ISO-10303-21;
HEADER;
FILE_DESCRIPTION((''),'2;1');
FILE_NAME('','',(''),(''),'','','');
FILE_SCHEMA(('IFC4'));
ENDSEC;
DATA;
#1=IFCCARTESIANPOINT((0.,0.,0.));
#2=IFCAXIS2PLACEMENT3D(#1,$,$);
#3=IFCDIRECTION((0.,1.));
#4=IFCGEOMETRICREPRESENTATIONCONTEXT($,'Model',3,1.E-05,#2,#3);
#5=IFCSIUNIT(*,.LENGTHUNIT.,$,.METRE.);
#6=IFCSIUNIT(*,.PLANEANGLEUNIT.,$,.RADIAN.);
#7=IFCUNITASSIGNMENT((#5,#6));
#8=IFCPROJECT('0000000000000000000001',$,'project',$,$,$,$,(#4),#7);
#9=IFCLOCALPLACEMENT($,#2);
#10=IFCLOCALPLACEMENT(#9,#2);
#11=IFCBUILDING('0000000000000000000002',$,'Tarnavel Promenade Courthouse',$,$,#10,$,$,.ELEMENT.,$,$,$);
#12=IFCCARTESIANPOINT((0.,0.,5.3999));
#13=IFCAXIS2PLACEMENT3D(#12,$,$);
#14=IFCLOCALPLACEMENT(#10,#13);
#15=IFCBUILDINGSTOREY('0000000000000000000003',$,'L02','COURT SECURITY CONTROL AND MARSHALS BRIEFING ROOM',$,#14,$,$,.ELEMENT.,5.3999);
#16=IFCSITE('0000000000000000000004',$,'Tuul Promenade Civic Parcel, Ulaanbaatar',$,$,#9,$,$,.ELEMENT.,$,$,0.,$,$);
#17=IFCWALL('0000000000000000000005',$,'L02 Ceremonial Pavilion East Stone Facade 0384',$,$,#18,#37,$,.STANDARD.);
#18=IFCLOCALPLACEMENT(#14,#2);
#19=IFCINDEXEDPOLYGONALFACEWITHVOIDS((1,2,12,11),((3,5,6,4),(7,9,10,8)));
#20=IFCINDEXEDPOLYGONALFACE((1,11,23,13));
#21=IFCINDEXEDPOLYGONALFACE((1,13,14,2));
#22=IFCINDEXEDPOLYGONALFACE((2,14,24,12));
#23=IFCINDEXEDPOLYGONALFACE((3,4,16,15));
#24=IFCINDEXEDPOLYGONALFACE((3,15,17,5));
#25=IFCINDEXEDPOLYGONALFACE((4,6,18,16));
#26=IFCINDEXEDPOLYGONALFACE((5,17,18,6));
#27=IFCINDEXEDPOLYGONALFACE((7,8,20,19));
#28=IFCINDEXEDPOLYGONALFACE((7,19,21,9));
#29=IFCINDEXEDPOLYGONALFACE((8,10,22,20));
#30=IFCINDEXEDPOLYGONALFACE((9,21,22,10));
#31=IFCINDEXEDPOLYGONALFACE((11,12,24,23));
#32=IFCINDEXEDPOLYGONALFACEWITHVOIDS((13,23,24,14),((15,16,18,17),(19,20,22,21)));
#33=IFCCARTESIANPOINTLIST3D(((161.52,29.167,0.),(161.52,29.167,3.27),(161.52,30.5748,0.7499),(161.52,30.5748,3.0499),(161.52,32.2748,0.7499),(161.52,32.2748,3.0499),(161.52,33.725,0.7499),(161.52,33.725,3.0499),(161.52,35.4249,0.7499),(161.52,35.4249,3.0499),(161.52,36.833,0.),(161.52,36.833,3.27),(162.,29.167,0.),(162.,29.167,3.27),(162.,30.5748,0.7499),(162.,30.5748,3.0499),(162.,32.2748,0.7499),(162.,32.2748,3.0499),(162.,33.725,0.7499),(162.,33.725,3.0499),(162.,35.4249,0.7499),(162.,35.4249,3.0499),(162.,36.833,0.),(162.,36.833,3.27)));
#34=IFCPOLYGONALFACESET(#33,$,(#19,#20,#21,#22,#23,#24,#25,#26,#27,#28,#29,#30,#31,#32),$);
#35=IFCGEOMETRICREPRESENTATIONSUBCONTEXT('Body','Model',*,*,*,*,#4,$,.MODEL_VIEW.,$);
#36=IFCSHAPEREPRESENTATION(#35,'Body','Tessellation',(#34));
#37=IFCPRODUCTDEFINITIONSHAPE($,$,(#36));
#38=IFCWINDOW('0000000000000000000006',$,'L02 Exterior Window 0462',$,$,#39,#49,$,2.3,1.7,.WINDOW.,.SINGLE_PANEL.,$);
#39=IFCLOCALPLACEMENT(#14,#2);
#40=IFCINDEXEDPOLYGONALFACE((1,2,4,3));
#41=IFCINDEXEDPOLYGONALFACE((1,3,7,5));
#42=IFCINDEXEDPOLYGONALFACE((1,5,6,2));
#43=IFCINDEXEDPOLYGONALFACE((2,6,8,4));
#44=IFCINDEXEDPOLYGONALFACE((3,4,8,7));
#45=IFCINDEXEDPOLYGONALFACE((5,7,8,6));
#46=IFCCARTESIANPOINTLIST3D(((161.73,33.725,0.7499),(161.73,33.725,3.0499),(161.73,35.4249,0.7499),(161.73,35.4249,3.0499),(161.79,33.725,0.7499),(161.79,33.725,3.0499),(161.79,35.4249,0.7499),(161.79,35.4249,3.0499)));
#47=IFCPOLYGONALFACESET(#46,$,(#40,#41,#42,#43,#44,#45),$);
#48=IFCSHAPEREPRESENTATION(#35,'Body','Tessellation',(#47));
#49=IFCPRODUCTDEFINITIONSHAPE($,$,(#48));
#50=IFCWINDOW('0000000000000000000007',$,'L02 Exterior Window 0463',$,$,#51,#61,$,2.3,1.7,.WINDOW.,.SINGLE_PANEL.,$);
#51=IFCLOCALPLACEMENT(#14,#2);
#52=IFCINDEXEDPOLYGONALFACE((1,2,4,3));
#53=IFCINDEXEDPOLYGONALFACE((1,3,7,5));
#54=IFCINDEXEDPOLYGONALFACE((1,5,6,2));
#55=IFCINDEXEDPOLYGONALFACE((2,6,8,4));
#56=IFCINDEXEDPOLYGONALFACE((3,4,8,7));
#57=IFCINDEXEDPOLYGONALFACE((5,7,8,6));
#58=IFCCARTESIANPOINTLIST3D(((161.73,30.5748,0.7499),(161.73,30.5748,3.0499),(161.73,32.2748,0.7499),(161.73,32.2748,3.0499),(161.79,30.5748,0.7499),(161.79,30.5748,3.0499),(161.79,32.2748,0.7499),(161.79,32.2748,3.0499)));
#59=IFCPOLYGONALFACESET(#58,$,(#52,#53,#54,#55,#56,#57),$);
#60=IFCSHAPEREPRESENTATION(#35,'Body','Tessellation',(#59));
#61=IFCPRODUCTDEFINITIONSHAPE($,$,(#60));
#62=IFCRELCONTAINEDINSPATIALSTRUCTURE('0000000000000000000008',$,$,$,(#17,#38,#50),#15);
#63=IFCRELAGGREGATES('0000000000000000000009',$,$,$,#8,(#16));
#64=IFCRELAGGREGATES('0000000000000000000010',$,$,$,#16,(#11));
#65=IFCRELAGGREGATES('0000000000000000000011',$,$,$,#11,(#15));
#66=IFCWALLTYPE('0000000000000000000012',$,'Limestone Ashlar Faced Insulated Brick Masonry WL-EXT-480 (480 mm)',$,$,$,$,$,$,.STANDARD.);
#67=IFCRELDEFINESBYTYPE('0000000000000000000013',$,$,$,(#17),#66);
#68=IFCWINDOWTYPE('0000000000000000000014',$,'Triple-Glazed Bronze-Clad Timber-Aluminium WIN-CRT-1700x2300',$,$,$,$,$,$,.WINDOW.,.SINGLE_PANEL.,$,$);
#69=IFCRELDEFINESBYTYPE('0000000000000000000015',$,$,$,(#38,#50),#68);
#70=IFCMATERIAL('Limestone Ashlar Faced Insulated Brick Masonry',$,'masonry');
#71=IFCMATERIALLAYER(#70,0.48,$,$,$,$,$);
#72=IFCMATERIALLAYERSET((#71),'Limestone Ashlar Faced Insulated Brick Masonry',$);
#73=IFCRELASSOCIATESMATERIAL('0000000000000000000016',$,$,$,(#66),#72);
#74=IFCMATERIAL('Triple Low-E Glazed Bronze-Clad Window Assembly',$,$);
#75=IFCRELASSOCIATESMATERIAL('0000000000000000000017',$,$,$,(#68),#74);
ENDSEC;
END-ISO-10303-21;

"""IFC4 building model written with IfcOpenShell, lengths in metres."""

from ifc_helpers import new_model, si_unit, direction, frame, frame_2d, origin, place, context, subcontext, project, spatial, rectangle, extrude, material, layer, layer_set, type_object, element, fill, save


model = new_model("IFC4")

# Units and contexts
model_context = context("Model", 3, precision=1e-05, world=origin(), true_north=direction((0.0, 1.0)))
body_context = subcontext(model_context, "Body", "Model", "MODEL_VIEW")
ifc_project = project(units=[si_unit("LENGTHUNIT", "METRE"), si_unit("PLANEANGLEUNIT", "RADIAN")], contexts=[model_context])

# Site, building, storey
site_placement = place(None, origin())
site = spatial("IfcSite", under=ifc_project, at=site_placement, Name="Tuul Promenade Civic Parcel, Ulaanbaatar", CompositionType="ELEMENT", RefElevation=0.0)
building_placement = place(site_placement, origin())
building = spatial("IfcBuilding", under=site, at=building_placement, Name="Tarnavel Promenade Courthouse", CompositionType="ELEMENT")
storey_placement = place(building_placement, frame((0.0, 0.0, 5.3999)))
storey = spatial("IfcBuildingStorey", under=building, at=storey_placement, Name="L02", Description="COURT SECURITY CONTROL AND MARSHALS BRIEFING ROOM", CompositionType="ELEMENT", Elevation=5.3999)

# Wall, openings, windows
ifc_material_1 = material(Name="Limestone Ashlar Faced Insulated Brick Masonry", Category="masonry")
ifc_layer_1 = layer(ifc_material_1, 0.48)
ifc_layer_set_1 = layer_set([ifc_layer_1], Name="Limestone Ashlar Faced Insulated Brick Masonry")
wall_type_1 = type_object("IfcWallType", Name="Limestone Ashlar Faced Insulated Brick Masonry WL-EXT-480 (480 mm)", PredefinedType="STANDARD", material=ifc_layer_set_1)
wall_1_placement = place(storey_placement, frame((161.76, 36.833, 0.0), z_axis=(0.0, 0.0, 1.0), x_axis=(0.0, -1.0, 0.0)))
wall_1 = element("IfcWall", 1, at=wall_1_placement, inside=storey, type_object=wall_type_1, Name="L02 Ceremonial Pavilion East Stone Facade 0384", PredefinedType="STANDARD", context=body_context, shape_type="SweptSolid", body=[
    extrude(rectangle(XDim=7.666, YDim=0.48, at=frame_2d((3.833, 0.0))), origin(), (0.0, 0.0, 1.0), 3.27),
])
opening_1_placement = place(wall_1_placement, frame((1.408, 0.0, 0.75)))
opening_1 = element("IfcOpeningElement", 2, at=opening_1_placement, cuts=wall_1, PredefinedType="OPENING", context=body_context, shape_type="SweptSolid", body=[
    extrude(rectangle(XDim=1.7, YDim=2.3, at=frame_2d((0.8501, 1.1499))), frame((0.0, 0.25, 0.0), z_axis=(0.0, -1.0, 0.0), x_axis=(1.0, 0.0, 0.0)), (0.0, 0.0, 1.0), 0.5),
])
opening_2_placement = place(wall_1_placement, frame((4.5581, 0.0, 0.75)))
opening_2 = element("IfcOpeningElement", 3, at=opening_2_placement, cuts=wall_1, PredefinedType="OPENING", context=body_context, shape_type="SweptSolid", body=[
    extrude(rectangle(XDim=1.7, YDim=2.3, at=frame_2d((0.8501, 1.1499))), frame((0.0, 0.25, 0.0), z_axis=(0.0, -1.0, 0.0), x_axis=(1.0, 0.0, 0.0)), (0.0, 0.0, 1.0), 0.5),
])
ifc_material_2 = material(Name="Triple Low-E Glazed Bronze-Clad Window Assembly")
window_type = type_object("IfcWindowType", Name="Triple-Glazed Bronze-Clad Timber-Aluminium WIN-CRT-1700x2300", PartitioningType="SINGLE_PANEL", PredefinedType="WINDOW", material=ifc_material_2)
window_1_placement = place(opening_1_placement, origin())
window_1 = element("IfcWindow", 4, at=window_1_placement, inside=storey, type_object=window_type, Name="L02 Exterior Window 0462", OverallHeight=2.3, OverallWidth=1.7, PartitioningType="SINGLE_PANEL", PredefinedType="WINDOW", context=body_context, shape_type="SweptSolid", body=[
    extrude(rectangle(XDim=1.7, YDim=2.3, at=frame_2d((0.8501, 1.1499))), frame((0.0, 0.03, 0.0), z_axis=(0.0, -1.0, 0.0), x_axis=(1.0, 0.0, 0.0)), (0.0, 0.0, 1.0), 0.0601),
])
fill(opening_1, window_1)
window_2_placement = place(opening_2_placement, origin())
window_2 = element("IfcWindow", 5, at=window_2_placement, inside=storey, type_object=window_type, Name="L02 Exterior Window 0463", OverallHeight=2.3, OverallWidth=1.7, PartitioningType="SINGLE_PANEL", PredefinedType="WINDOW", context=body_context, shape_type="SweptSolid", body=[
    extrude(rectangle(XDim=1.7, YDim=2.3, at=frame_2d((0.8501, 1.1499))), frame((0.0, 0.03, 0.0), z_axis=(0.0, -1.0, 0.0), x_axis=(1.0, 0.0, 0.0)), (0.0, 0.0, 1.0), 0.0601),
])
fill(opening_2, window_2)

save(model, "model.ifc")
